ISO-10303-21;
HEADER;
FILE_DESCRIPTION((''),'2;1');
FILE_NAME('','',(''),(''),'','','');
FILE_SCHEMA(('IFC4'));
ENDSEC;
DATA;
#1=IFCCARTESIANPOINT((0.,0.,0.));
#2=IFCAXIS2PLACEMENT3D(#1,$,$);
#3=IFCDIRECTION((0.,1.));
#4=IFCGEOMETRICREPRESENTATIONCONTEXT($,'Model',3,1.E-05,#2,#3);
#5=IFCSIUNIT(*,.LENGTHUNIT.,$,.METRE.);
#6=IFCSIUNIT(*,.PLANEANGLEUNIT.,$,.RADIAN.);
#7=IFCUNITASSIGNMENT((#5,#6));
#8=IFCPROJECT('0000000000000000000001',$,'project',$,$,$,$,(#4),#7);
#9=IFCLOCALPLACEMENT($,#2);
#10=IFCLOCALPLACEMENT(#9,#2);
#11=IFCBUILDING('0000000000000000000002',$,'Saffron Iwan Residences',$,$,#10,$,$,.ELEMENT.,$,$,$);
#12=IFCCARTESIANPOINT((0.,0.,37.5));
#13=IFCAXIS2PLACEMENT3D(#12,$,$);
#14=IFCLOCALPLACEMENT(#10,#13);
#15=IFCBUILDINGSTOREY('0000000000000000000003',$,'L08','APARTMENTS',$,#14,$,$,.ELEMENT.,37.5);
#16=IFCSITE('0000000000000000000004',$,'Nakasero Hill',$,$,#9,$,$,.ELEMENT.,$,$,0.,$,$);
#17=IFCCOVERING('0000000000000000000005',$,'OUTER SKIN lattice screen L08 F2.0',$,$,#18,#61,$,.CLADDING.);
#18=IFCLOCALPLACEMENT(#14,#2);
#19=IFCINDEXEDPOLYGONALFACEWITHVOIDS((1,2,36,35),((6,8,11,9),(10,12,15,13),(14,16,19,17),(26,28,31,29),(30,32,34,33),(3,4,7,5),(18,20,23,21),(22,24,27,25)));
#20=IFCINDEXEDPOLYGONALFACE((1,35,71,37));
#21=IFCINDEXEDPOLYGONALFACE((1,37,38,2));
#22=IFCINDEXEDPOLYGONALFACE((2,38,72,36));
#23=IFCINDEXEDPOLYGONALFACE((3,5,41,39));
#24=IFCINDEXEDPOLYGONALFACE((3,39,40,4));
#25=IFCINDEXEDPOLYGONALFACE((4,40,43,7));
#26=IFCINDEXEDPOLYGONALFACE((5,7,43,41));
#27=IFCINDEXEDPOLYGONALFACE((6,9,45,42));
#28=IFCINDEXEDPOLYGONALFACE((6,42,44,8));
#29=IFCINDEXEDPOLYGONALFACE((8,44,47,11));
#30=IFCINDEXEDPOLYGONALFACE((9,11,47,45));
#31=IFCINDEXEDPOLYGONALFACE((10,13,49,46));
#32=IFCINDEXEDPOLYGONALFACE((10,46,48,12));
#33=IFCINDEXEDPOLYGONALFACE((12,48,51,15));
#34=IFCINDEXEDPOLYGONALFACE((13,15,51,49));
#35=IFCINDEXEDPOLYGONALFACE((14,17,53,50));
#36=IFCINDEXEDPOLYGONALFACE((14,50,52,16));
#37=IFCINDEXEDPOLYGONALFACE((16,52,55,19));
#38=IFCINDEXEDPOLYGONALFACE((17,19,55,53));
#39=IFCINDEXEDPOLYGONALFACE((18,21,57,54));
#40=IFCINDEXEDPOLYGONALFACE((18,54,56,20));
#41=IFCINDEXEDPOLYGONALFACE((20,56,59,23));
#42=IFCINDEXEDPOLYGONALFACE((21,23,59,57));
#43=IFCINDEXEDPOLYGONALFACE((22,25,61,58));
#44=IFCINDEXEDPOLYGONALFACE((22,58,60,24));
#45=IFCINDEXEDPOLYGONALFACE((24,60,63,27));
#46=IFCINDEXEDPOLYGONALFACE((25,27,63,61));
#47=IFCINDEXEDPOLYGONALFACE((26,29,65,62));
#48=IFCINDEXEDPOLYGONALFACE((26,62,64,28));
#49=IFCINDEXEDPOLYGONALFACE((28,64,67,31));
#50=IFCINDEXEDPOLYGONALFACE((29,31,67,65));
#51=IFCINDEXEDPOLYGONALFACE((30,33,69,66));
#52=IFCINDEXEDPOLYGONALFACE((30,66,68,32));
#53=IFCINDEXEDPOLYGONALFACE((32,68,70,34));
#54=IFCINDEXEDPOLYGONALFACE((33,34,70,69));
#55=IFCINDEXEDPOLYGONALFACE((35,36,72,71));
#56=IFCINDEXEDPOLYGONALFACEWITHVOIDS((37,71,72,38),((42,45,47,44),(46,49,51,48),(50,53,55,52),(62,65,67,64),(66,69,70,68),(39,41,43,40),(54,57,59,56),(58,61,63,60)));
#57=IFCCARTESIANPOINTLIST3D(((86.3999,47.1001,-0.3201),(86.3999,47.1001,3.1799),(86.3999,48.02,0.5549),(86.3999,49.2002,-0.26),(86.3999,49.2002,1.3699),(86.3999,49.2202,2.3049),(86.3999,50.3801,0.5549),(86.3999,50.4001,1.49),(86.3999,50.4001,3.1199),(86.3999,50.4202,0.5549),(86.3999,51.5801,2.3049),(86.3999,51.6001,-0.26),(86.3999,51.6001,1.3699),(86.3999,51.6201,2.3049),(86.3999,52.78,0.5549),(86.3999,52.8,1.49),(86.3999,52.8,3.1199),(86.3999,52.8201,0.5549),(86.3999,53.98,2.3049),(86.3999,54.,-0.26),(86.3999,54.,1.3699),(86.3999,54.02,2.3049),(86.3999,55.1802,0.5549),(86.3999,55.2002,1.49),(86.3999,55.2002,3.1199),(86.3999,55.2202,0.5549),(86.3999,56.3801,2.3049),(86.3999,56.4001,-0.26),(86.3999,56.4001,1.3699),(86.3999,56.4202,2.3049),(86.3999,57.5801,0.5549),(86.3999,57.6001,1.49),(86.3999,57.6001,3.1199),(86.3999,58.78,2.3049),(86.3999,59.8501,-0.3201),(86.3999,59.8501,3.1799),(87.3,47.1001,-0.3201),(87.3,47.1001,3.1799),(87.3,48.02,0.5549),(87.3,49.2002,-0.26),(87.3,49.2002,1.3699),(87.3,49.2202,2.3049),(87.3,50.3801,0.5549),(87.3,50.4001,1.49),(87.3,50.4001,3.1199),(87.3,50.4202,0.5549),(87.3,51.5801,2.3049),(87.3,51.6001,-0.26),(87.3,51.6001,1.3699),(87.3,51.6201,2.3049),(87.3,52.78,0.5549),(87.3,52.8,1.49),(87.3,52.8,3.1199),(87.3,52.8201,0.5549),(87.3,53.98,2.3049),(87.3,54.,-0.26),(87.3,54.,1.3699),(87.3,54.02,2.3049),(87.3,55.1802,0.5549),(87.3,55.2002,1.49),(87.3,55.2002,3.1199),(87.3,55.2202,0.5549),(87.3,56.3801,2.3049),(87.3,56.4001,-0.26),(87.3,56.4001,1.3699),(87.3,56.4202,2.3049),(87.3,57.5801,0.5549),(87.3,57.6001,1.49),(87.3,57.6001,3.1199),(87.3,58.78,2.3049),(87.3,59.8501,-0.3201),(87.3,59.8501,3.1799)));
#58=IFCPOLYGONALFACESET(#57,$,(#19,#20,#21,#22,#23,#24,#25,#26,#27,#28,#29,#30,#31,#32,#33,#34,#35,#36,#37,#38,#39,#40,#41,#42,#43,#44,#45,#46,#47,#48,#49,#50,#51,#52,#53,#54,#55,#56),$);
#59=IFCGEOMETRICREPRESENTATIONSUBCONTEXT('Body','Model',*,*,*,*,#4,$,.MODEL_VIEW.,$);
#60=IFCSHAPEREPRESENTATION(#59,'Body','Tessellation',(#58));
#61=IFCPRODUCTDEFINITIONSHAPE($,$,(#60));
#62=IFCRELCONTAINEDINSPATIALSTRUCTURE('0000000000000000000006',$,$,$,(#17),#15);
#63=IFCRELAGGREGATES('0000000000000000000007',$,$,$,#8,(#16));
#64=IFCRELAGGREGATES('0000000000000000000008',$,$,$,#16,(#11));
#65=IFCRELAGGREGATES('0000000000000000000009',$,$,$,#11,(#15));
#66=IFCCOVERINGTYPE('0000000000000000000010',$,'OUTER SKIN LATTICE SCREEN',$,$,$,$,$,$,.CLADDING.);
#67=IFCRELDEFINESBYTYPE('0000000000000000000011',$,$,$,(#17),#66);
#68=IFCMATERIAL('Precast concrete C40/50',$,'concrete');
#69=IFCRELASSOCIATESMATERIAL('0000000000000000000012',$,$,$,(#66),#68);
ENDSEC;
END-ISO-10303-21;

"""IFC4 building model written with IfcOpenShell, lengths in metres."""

from ifc_helpers import new_model, si_unit, direction, frame, origin, place, context, subcontext, project, spatial, polyline, outline, extrude, material, type_object, element, save


model = new_model("IFC4")

# Units and contexts
model_context = context("Model", 3, precision=1e-05, world=origin(), true_north=direction((0.0, 1.0)))
body_context = subcontext(model_context, "Body", "Model", "MODEL_VIEW")
ifc_project = project(units=[si_unit("LENGTHUNIT", "METRE"), si_unit("PLANEANGLEUNIT", "RADIAN")], contexts=[model_context])

# Site, building, storey
site_placement = place(None, origin())
site = spatial("IfcSite", under=ifc_project, at=site_placement, Name="Nakasero Hill", CompositionType="ELEMENT", RefElevation=0.0)
building_placement = place(site_placement, origin())
building = spatial("IfcBuilding", under=site, at=building_placement, Name="Saffron Iwan Residences", CompositionType="ELEMENT")
storey_placement = place(building_placement, frame((0.0, 0.0, 37.5)))
storey = spatial("IfcBuildingStorey", under=building, at=storey_placement, Name="L08", Description="APARTMENTS", CompositionType="ELEMENT", Elevation=37.5)

# Covering
ifc_material_1 = material(Name="Precast concrete C40/50", Category="concrete")
covering_type = type_object("IfcCoveringType", Name="OUTER SKIN LATTICE SCREEN", PredefinedType="CLADDING", material=ifc_material_1)
covering_1_placement = place(storey_placement, frame((86.3999, 47.1001, -0.3201), z_axis=(1.0, 0.0, 0.0), x_axis=(0.0, 1.0, 0.0)))
element("IfcCovering", 1, at=covering_1_placement, inside=storey, type_object=covering_type, Name="OUTER SKIN lattice screen L08 F2.0", PredefinedType="CLADDING", context=body_context, shape_type="SweptSolid", body=[
    extrude(outline(polyline([(0.0, 0.0), (12.75, 0.0), (12.75, 3.5), (0.0, 3.5), (0.0, 0.0)]), holes=[polyline([(0.9199, 0.875), (2.1001, 0.0601), (3.28, 0.875), (2.1001, 1.6899), (0.9199, 0.875)]), polyline([(3.3201, 0.875), (4.5, 0.0601), (5.6799, 0.875), (4.5, 1.6899), (3.3201, 0.875)]), polyline([(5.72, 0.875), (6.8999, 0.0601), (8.0801, 0.875), (6.8999, 1.6899), (5.72, 0.875)]), polyline([(8.1201, 0.875), (9.3, 0.0601), (10.48, 0.875), (9.3, 1.6899), (8.1201, 0.875)]), polyline([(2.1201, 2.625), (3.3, 1.8101), (4.48, 2.625), (3.3, 3.4399), (2.1201, 2.625)]), polyline([(4.52, 2.625), (5.7, 1.8101), (6.8799, 2.625), (5.7, 3.4399), (4.52, 2.625)]), polyline([(6.9199, 2.625), (8.1001, 1.8101), (9.28, 2.625), (8.1001, 3.4399), (6.9199, 2.625)]), polyline([(9.3201, 2.625), (10.5, 1.8101), (11.6799, 2.625), (10.5, 3.4399), (9.3201, 2.625)])]), origin(), (0.0, 0.0, 1.0), 0.9001),
])

save(model, "model.ifc")
